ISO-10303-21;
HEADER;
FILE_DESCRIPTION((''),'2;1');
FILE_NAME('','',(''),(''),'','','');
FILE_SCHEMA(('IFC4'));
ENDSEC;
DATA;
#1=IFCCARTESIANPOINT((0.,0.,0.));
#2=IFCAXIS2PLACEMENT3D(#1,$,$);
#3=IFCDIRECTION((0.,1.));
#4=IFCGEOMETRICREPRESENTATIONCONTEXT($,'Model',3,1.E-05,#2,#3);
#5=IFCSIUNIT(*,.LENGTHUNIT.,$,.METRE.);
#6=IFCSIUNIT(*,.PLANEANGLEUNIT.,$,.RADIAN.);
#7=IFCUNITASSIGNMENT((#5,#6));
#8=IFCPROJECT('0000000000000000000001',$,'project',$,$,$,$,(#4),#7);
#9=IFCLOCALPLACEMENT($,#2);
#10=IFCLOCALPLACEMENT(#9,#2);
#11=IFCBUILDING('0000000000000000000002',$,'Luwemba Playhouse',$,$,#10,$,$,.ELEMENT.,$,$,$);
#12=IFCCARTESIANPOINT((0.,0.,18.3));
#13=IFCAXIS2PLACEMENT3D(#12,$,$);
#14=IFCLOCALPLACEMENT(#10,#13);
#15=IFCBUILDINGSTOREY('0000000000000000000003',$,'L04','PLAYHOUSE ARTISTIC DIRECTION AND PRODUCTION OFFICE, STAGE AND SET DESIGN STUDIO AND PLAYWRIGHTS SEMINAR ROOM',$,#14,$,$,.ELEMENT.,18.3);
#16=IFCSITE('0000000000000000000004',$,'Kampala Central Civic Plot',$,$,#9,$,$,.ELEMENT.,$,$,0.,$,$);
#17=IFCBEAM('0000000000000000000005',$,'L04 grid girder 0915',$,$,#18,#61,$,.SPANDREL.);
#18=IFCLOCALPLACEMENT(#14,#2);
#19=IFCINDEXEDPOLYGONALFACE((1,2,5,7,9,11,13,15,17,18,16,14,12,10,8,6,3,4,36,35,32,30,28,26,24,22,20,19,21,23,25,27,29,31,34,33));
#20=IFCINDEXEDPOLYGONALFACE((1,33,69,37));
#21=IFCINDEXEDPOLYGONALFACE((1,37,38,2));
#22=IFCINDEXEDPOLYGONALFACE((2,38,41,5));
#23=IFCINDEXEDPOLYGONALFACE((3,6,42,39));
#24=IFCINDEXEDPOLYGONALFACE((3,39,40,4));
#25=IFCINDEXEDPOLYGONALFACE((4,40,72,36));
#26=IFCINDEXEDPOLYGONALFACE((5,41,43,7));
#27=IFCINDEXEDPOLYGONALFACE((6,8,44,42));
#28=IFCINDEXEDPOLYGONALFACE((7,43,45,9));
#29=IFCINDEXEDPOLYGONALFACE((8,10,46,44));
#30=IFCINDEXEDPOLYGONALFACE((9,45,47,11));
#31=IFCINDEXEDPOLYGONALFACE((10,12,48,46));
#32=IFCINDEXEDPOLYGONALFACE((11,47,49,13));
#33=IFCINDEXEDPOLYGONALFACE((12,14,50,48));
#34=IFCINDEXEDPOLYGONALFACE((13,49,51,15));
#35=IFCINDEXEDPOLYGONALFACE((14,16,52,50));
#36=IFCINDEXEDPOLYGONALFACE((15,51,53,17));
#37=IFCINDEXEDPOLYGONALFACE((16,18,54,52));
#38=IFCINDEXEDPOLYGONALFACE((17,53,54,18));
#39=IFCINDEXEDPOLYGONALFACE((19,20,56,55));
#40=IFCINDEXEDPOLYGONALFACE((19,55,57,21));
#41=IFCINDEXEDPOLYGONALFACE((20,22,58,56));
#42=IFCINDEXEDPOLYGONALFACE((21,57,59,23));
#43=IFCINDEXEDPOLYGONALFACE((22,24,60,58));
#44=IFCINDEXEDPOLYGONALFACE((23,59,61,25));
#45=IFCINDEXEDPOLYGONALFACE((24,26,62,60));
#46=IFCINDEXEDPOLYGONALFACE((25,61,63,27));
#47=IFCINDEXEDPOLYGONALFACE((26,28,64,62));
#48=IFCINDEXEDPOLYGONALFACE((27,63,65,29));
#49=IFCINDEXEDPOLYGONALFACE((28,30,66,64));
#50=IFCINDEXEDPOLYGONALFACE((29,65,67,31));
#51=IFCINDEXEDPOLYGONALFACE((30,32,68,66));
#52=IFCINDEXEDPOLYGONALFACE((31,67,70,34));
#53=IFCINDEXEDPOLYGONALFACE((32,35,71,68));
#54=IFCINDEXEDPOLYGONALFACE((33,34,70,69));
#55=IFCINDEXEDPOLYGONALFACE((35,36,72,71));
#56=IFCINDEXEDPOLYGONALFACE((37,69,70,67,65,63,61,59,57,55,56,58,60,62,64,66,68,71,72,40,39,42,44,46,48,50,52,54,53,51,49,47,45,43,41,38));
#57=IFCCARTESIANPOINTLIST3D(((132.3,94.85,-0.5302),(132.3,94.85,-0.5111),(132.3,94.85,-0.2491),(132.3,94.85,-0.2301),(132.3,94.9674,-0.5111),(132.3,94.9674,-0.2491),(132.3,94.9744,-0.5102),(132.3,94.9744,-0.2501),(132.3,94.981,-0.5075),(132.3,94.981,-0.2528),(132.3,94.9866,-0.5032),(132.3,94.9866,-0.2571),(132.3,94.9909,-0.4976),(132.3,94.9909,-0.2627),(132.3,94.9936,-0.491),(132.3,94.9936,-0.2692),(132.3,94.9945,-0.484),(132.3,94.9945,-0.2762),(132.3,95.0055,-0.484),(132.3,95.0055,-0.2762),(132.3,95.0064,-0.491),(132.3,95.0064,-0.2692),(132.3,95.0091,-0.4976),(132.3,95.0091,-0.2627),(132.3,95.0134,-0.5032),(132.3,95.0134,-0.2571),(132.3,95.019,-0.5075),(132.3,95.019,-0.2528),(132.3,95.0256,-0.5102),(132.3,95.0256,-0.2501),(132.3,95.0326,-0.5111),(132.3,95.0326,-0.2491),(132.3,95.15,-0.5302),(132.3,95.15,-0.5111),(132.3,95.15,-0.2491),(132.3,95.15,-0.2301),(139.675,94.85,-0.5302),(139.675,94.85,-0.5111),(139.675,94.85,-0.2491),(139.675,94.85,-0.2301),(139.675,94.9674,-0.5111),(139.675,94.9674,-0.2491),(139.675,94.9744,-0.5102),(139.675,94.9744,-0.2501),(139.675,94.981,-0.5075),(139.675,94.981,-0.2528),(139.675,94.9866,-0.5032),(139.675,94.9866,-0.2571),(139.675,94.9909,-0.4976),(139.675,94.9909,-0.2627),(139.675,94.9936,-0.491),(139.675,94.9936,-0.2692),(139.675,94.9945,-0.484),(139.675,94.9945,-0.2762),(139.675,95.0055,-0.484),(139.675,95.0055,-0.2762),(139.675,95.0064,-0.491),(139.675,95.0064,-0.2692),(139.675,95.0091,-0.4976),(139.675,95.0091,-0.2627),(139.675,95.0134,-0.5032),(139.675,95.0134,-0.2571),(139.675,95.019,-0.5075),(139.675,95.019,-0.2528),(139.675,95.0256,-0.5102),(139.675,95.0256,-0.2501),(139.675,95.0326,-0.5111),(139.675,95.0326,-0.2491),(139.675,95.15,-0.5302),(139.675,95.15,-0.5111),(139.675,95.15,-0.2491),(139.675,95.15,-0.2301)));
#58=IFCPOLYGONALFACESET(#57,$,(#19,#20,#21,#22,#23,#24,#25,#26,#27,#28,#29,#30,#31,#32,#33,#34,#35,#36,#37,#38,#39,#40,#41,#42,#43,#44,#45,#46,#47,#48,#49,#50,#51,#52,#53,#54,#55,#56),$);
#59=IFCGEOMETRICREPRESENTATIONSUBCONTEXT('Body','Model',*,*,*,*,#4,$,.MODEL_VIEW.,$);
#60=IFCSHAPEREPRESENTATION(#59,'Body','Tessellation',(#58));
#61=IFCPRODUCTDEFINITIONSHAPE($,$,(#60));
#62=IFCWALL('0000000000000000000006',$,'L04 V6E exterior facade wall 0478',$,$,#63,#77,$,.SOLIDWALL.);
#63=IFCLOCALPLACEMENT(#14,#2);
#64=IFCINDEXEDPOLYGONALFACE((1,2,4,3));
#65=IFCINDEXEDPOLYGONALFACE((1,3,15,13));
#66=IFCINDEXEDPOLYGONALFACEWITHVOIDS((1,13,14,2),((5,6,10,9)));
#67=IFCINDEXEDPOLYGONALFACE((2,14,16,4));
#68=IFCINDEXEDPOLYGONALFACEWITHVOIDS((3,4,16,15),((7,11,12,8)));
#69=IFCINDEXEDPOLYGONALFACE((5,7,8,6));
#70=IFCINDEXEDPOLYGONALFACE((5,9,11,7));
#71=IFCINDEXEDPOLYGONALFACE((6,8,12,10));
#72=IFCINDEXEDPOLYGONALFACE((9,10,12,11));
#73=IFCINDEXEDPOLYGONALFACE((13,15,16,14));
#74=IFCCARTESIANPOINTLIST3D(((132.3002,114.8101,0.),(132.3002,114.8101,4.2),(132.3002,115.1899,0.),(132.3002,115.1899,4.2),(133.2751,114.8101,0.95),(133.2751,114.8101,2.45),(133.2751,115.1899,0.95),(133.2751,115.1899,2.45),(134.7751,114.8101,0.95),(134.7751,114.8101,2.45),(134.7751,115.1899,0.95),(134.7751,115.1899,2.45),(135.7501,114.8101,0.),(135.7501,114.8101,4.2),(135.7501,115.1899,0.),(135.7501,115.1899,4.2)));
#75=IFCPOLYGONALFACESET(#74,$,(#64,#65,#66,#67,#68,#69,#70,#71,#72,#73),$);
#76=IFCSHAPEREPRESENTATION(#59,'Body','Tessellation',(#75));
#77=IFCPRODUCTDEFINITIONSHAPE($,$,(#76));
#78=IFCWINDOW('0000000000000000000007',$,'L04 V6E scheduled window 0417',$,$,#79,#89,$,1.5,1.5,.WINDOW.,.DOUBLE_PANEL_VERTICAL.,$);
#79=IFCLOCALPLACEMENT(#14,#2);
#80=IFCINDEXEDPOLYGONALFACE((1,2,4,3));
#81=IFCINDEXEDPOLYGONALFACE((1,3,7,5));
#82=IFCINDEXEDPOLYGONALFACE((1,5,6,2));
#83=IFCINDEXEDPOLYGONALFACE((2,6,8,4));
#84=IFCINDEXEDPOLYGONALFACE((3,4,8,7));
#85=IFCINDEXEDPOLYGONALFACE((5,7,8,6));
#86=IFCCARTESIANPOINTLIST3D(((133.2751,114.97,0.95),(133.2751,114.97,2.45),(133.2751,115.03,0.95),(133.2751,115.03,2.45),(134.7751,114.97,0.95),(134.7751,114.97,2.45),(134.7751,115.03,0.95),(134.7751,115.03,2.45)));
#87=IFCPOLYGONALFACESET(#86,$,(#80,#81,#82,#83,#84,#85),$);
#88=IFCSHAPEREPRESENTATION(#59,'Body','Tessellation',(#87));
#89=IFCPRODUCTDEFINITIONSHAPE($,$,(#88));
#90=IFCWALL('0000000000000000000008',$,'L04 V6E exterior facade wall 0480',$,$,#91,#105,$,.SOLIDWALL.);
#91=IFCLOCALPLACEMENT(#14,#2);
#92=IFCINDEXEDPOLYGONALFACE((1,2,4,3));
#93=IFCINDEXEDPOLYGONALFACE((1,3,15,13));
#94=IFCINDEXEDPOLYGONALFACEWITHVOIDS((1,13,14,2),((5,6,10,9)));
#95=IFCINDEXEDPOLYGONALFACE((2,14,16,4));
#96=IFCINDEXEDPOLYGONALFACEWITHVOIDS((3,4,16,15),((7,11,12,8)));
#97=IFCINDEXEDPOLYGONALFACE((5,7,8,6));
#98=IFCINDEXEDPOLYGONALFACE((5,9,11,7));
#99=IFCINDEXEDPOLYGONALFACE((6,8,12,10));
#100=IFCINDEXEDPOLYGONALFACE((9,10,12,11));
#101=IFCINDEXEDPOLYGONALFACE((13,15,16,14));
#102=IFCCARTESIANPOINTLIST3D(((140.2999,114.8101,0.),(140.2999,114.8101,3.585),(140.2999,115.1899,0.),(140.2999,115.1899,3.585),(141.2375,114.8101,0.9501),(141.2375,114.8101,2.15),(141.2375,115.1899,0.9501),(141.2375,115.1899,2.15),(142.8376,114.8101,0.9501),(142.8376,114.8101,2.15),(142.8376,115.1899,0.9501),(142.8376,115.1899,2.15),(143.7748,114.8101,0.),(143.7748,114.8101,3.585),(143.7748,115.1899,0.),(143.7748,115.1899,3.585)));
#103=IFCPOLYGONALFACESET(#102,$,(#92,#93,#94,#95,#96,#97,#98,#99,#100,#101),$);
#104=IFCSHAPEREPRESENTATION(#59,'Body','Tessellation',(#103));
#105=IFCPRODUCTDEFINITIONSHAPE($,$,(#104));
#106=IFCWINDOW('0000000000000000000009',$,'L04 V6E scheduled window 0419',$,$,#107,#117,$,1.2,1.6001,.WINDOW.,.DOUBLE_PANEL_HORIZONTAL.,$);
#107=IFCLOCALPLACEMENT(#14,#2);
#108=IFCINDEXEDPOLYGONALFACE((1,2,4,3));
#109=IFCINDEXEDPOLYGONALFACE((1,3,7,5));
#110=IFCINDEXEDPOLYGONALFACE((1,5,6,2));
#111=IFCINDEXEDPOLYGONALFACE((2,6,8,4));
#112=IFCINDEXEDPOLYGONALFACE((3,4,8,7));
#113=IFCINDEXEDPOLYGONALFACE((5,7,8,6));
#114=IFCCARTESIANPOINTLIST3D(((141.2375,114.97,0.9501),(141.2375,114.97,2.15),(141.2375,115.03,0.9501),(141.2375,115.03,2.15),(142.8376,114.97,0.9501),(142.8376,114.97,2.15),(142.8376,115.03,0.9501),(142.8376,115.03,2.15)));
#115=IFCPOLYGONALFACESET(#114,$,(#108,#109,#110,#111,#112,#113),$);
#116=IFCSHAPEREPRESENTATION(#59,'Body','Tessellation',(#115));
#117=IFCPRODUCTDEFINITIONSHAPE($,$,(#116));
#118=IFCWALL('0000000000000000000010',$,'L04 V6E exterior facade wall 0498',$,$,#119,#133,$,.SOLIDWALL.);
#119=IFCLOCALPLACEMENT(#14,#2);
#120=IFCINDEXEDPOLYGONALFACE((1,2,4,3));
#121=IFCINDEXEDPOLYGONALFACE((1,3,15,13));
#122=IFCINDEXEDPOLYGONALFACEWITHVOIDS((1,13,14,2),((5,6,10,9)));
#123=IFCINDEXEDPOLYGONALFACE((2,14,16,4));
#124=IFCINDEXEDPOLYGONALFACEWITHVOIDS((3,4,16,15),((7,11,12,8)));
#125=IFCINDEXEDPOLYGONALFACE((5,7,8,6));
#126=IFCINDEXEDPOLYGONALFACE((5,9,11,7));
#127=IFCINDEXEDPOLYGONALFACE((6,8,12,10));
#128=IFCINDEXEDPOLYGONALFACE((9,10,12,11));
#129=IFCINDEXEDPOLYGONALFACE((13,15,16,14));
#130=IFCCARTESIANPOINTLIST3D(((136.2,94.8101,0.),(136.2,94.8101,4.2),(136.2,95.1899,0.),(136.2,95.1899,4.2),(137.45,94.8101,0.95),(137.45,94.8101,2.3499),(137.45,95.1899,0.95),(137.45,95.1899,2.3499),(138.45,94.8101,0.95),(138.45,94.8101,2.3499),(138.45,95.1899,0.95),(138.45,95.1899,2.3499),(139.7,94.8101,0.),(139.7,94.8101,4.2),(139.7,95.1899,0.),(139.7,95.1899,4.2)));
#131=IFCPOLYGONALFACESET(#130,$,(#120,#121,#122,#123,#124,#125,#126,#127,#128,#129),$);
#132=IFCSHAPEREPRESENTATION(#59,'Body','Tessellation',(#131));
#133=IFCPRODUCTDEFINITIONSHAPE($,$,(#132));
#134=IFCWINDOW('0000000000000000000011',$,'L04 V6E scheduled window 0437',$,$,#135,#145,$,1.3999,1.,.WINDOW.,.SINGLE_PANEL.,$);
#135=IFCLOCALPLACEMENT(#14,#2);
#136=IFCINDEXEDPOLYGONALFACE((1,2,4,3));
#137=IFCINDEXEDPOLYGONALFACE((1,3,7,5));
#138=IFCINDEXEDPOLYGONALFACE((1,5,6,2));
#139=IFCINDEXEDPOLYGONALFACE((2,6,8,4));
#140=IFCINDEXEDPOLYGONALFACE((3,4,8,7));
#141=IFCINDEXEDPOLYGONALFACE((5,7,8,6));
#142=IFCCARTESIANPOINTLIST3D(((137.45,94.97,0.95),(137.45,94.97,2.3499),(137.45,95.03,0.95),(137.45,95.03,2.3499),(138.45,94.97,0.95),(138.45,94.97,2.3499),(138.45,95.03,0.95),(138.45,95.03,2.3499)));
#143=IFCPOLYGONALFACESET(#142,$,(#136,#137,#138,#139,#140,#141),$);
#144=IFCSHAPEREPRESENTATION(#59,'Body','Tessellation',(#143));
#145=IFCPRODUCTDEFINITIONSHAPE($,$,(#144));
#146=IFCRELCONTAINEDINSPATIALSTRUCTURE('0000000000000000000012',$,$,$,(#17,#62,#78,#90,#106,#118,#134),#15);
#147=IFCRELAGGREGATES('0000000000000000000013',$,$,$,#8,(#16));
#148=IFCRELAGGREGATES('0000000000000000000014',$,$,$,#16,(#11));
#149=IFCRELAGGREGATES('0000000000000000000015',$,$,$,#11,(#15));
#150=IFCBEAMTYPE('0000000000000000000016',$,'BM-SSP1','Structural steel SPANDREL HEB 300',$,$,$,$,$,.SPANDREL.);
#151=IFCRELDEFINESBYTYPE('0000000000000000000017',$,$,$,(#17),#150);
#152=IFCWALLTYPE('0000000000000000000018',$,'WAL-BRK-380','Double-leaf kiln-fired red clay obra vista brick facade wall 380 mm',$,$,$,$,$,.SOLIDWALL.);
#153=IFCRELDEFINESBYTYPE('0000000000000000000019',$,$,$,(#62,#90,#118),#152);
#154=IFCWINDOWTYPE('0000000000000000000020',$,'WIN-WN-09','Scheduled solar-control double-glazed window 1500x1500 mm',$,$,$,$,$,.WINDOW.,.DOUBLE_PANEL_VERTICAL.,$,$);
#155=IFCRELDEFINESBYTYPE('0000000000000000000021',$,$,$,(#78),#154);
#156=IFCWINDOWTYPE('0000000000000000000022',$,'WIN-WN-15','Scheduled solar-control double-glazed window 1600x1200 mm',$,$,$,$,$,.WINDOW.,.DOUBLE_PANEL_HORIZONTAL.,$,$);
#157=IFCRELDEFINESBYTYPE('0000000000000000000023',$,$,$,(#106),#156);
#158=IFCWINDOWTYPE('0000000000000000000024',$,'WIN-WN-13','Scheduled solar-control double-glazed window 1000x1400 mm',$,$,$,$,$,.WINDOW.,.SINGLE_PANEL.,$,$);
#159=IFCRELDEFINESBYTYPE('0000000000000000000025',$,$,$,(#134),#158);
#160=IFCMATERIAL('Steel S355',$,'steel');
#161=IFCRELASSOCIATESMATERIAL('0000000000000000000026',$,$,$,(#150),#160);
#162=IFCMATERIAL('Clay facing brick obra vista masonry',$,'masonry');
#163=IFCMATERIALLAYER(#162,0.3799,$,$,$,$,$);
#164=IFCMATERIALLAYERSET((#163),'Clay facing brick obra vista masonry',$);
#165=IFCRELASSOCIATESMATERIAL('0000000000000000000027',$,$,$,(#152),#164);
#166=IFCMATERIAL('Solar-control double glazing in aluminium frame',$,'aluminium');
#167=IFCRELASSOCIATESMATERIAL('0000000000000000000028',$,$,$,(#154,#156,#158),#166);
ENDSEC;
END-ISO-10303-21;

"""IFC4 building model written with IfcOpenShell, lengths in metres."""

from ifc_helpers import new_model, si_unit, direction, frame, frame_2d, origin, origin_2d, place, context, subcontext, project, spatial, rectangle, i_section, extrude, material, layer, layer_set, material_profile, profile_set, type_object, element, fill, save


model = new_model("IFC4")

# Units and contexts
model_context = context("Model", 3, precision=1e-05, world=origin(), true_north=direction((0.0, 1.0)))
body_context = subcontext(model_context, "Body", "Model", "MODEL_VIEW")
ifc_project = project(units=[si_unit("LENGTHUNIT", "METRE"), si_unit("PLANEANGLEUNIT", "RADIAN")], contexts=[model_context])

# Site, building, storey
site_placement = place(None, origin())
site = spatial("IfcSite", under=ifc_project, at=site_placement, Name="Kampala Central Civic Plot", CompositionType="ELEMENT", RefElevation=0.0)
building_placement = place(site_placement, origin())
building = spatial("IfcBuilding", under=site, at=building_placement, Name="Luwemba Playhouse", CompositionType="ELEMENT")
storey_placement = place(building_placement, frame((0.0, 0.0, 18.3)))
storey = spatial("IfcBuildingStorey", under=building, at=storey_placement, Name="L04", Description="PLAYHOUSE ARTISTIC DIRECTION AND PRODUCTION OFFICE, STAGE AND SET DESIGN STUDIO AND PLAYWRIGHTS SEMINAR ROOM", CompositionType="ELEMENT", Elevation=18.3)

# Beam
ifc_material_1 = material(Name="Steel S355", Category="steel")
ifc_material_profile_1 = material_profile(ifc_material_1, i_section(OverallWidth=0.3, OverallDepth=0.3, WebThickness=0.011, FlangeThickness=0.019, FilletRadius=0.0271, at=origin_2d()))
ifc_profile_set_1 = profile_set([ifc_material_profile_1], Name="Steel S355")
beam_type_1 = type_object("IfcBeamType", Name="BM-SSP1", Description="Structural steel SPANDREL HEB 300", PredefinedType="SPANDREL", material=ifc_profile_set_1)
beam_1_placement = place(storey_placement, frame((132.3, 95.0, -0.3801), z_axis=(1.0, 0.0, 0.0), x_axis=(0.0, 1.0, 0.0)))
element("IfcBeam", 1, at=beam_1_placement, inside=storey, type_object=beam_type_1, Name="L04 grid girder 0915", PredefinedType="SPANDREL", context=body_context, shape_type="SweptSolid", body=[
    extrude(i_section(OverallWidth=0.3, OverallDepth=0.3, WebThickness=0.011, FlangeThickness=0.019, FilletRadius=0.0271, at=origin_2d()), origin(), (0.0, 0.0, 1.0), 7.375),
])

# Walls, openings, windows
ifc_material_2 = material(Name="Clay facing brick obra vista masonry", Category="masonry")
ifc_layer_1 = layer(ifc_material_2, 0.3799)
ifc_layer_set_1 = layer_set([ifc_layer_1], Name="Clay facing brick obra vista masonry")
wall_type_1 = type_object("IfcWallType", Name="WAL-BRK-380", Description="Double-leaf kiln-fired red clay obra vista brick facade wall 380 mm", PredefinedType="SOLIDWALL", material=ifc_layer_set_1)
wall_1_placement = place(storey_placement, frame((132.3, 115.0, 0.0), z_axis=(0.0, 0.0, 1.0), x_axis=(1.0, 0.0, 0.0)))
wall_1 = element("IfcWall", 2, at=wall_1_placement, inside=storey, type_object=wall_type_1, Name="L04 V6E exterior facade wall 0478", PredefinedType="SOLIDWALL", context=body_context, shape_type="SweptSolid", body=[
    extrude(rectangle(XDim=3.45, YDim=0.3799, at=frame_2d((1.7251, 0.0))), origin(), (0.0, 0.0, 1.0), 4.2),
])
opening_1_placement = place(wall_1_placement, frame((0.9751, 0.0, 0.95)))
opening_1 = element("IfcOpeningElement", 3, at=opening_1_placement, cuts=wall_1, PredefinedType="OPENING", context=body_context, shape_type="SweptSolid", body=[
    extrude(rectangle(XDim=1.5, YDim=1.5, at=frame_2d((0.75, 0.75))), frame((0.0, 0.2, 0.0), z_axis=(0.0, -1.0, 0.0), x_axis=(1.0, 0.0, 0.0)), (0.0, 0.0, 1.0), 0.3999),
])
ifc_material_3 = material(Name="Solar-control double glazing in aluminium frame", Category="aluminium")
window_type_1 = type_object("IfcWindowType", Name="WIN-WN-09", Description="Scheduled solar-control double-glazed window 1500x1500 mm", PartitioningType="DOUBLE_PANEL_VERTICAL", PredefinedType="WINDOW", material=ifc_material_3)
window_1_placement = place(opening_1_placement, origin())
window_1 = element("IfcWindow", 4, at=window_1_placement, inside=storey, type_object=window_type_1, Name="L04 V6E scheduled window 0417", OverallHeight=1.5, OverallWidth=1.5, PartitioningType="DOUBLE_PANEL_VERTICAL", PredefinedType="WINDOW", context=body_context, shape_type="SweptSolid", body=[
    extrude(rectangle(XDim=1.5, YDim=1.5, at=frame_2d((0.75, 0.75))), frame((0.0, 0.03, 0.0), z_axis=(0.0, -1.0, 0.0), x_axis=(1.0, 0.0, 0.0)), (0.0, 0.0, 1.0), 0.0601),
])
fill(opening_1, window_1)
wall_2_placement = place(storey_placement, frame((140.3, 115.0, 0.0), z_axis=(0.0, 0.0, 1.0), x_axis=(1.0, 0.0, 0.0)))
wall_2 = element("IfcWall", 5, at=wall_2_placement, inside=storey, type_object=wall_type_1, Name="L04 V6E exterior facade wall 0480", PredefinedType="SOLIDWALL", context=body_context, shape_type="SweptSolid", body=[
    extrude(rectangle(XDim=3.4749, YDim=0.3799, at=frame_2d((1.7373, 0.0))), origin(), (0.0, 0.0, 1.0), 3.585),
])
opening_2_placement = place(wall_2_placement, frame((0.9375, 0.0, 0.95)))
opening_2 = element("IfcOpeningElement", 6, at=opening_2_placement, cuts=wall_2, PredefinedType="OPENING", context=body_context, shape_type="SweptSolid", body=[
    extrude(rectangle(XDim=1.6001, YDim=1.2, at=frame_2d((0.8, 0.6001))), frame((0.0, 0.2, 0.0), z_axis=(0.0, -1.0, 0.0), x_axis=(1.0, 0.0, 0.0)), (0.0, 0.0, 1.0), 0.3999),
])
window_type_2 = type_object("IfcWindowType", Name="WIN-WN-15", Description="Scheduled solar-control double-glazed window 1600x1200 mm", PartitioningType="DOUBLE_PANEL_HORIZONTAL", PredefinedType="WINDOW", material=ifc_material_3)
window_2_placement = place(opening_2_placement, origin())
window_2 = element("IfcWindow", 7, at=window_2_placement, inside=storey, type_object=window_type_2, Name="L04 V6E scheduled window 0419", OverallHeight=1.2, OverallWidth=1.6001, PartitioningType="DOUBLE_PANEL_HORIZONTAL", PredefinedType="WINDOW", context=body_context, shape_type="SweptSolid", body=[
    extrude(rectangle(XDim=1.6001, YDim=1.2, at=frame_2d((0.8, 0.6001))), frame((0.0, 0.03, 0.0), z_axis=(0.0, -1.0, 0.0), x_axis=(1.0, 0.0, 0.0)), (0.0, 0.0, 1.0), 0.0601),
])
fill(opening_2, window_2)
wall_3_placement = place(storey_placement, frame((139.7, 95.0, 0.0), z_axis=(0.0, 0.0, 1.0), x_axis=(-1.0, 0.0, 0.0)))
wall_3 = element("IfcWall", 8, at=wall_3_placement, inside=storey, type_object=wall_type_1, Name="L04 V6E exterior facade wall 0498", PredefinedType="SOLIDWALL", context=body_context, shape_type="SweptSolid", body=[
    extrude(rectangle(XDim=3.5, YDim=0.3799, at=frame_2d((1.75, 0.0))), origin(), (0.0, 0.0, 1.0), 4.2),
])
opening_3_placement = place(wall_3_placement, frame((1.25, 0.0, 0.95)))
opening_3 = element("IfcOpeningElement", 9, at=opening_3_placement, cuts=wall_3, PredefinedType="OPENING", context=body_context, shape_type="SweptSolid", body=[
    extrude(rectangle(XDim=1.0, YDim=1.3999, at=frame_2d((0.5, 0.7))), frame((0.0, 0.2, 0.0), z_axis=(0.0, -1.0, 0.0), x_axis=(1.0, 0.0, 0.0)), (0.0, 0.0, 1.0), 0.3999),
])
window_type_3 = type_object("IfcWindowType", Name="WIN-WN-13", Description="Scheduled solar-control double-glazed window 1000x1400 mm", PartitioningType="SINGLE_PANEL", PredefinedType="WINDOW", material=ifc_material_3)
window_3_placement = place(opening_3_placement, origin())
window_3 = element("IfcWindow", 10, at=window_3_placement, inside=storey, type_object=window_type_3, Name="L04 V6E scheduled window 0437", OverallHeight=1.3999, OverallWidth=1.0, PartitioningType="SINGLE_PANEL", PredefinedType="WINDOW", context=body_context, shape_type="SweptSolid", body=[
    extrude(rectangle(XDim=1.0, YDim=1.3999, at=frame_2d((0.5, 0.7))), frame((0.0, 0.03, 0.0), z_axis=(0.0, -1.0, 0.0), x_axis=(1.0, 0.0, 0.0)), (0.0, 0.0, 1.0), 0.0601),
])
fill(opening_3, window_3)

save(model, "model.ifc")
